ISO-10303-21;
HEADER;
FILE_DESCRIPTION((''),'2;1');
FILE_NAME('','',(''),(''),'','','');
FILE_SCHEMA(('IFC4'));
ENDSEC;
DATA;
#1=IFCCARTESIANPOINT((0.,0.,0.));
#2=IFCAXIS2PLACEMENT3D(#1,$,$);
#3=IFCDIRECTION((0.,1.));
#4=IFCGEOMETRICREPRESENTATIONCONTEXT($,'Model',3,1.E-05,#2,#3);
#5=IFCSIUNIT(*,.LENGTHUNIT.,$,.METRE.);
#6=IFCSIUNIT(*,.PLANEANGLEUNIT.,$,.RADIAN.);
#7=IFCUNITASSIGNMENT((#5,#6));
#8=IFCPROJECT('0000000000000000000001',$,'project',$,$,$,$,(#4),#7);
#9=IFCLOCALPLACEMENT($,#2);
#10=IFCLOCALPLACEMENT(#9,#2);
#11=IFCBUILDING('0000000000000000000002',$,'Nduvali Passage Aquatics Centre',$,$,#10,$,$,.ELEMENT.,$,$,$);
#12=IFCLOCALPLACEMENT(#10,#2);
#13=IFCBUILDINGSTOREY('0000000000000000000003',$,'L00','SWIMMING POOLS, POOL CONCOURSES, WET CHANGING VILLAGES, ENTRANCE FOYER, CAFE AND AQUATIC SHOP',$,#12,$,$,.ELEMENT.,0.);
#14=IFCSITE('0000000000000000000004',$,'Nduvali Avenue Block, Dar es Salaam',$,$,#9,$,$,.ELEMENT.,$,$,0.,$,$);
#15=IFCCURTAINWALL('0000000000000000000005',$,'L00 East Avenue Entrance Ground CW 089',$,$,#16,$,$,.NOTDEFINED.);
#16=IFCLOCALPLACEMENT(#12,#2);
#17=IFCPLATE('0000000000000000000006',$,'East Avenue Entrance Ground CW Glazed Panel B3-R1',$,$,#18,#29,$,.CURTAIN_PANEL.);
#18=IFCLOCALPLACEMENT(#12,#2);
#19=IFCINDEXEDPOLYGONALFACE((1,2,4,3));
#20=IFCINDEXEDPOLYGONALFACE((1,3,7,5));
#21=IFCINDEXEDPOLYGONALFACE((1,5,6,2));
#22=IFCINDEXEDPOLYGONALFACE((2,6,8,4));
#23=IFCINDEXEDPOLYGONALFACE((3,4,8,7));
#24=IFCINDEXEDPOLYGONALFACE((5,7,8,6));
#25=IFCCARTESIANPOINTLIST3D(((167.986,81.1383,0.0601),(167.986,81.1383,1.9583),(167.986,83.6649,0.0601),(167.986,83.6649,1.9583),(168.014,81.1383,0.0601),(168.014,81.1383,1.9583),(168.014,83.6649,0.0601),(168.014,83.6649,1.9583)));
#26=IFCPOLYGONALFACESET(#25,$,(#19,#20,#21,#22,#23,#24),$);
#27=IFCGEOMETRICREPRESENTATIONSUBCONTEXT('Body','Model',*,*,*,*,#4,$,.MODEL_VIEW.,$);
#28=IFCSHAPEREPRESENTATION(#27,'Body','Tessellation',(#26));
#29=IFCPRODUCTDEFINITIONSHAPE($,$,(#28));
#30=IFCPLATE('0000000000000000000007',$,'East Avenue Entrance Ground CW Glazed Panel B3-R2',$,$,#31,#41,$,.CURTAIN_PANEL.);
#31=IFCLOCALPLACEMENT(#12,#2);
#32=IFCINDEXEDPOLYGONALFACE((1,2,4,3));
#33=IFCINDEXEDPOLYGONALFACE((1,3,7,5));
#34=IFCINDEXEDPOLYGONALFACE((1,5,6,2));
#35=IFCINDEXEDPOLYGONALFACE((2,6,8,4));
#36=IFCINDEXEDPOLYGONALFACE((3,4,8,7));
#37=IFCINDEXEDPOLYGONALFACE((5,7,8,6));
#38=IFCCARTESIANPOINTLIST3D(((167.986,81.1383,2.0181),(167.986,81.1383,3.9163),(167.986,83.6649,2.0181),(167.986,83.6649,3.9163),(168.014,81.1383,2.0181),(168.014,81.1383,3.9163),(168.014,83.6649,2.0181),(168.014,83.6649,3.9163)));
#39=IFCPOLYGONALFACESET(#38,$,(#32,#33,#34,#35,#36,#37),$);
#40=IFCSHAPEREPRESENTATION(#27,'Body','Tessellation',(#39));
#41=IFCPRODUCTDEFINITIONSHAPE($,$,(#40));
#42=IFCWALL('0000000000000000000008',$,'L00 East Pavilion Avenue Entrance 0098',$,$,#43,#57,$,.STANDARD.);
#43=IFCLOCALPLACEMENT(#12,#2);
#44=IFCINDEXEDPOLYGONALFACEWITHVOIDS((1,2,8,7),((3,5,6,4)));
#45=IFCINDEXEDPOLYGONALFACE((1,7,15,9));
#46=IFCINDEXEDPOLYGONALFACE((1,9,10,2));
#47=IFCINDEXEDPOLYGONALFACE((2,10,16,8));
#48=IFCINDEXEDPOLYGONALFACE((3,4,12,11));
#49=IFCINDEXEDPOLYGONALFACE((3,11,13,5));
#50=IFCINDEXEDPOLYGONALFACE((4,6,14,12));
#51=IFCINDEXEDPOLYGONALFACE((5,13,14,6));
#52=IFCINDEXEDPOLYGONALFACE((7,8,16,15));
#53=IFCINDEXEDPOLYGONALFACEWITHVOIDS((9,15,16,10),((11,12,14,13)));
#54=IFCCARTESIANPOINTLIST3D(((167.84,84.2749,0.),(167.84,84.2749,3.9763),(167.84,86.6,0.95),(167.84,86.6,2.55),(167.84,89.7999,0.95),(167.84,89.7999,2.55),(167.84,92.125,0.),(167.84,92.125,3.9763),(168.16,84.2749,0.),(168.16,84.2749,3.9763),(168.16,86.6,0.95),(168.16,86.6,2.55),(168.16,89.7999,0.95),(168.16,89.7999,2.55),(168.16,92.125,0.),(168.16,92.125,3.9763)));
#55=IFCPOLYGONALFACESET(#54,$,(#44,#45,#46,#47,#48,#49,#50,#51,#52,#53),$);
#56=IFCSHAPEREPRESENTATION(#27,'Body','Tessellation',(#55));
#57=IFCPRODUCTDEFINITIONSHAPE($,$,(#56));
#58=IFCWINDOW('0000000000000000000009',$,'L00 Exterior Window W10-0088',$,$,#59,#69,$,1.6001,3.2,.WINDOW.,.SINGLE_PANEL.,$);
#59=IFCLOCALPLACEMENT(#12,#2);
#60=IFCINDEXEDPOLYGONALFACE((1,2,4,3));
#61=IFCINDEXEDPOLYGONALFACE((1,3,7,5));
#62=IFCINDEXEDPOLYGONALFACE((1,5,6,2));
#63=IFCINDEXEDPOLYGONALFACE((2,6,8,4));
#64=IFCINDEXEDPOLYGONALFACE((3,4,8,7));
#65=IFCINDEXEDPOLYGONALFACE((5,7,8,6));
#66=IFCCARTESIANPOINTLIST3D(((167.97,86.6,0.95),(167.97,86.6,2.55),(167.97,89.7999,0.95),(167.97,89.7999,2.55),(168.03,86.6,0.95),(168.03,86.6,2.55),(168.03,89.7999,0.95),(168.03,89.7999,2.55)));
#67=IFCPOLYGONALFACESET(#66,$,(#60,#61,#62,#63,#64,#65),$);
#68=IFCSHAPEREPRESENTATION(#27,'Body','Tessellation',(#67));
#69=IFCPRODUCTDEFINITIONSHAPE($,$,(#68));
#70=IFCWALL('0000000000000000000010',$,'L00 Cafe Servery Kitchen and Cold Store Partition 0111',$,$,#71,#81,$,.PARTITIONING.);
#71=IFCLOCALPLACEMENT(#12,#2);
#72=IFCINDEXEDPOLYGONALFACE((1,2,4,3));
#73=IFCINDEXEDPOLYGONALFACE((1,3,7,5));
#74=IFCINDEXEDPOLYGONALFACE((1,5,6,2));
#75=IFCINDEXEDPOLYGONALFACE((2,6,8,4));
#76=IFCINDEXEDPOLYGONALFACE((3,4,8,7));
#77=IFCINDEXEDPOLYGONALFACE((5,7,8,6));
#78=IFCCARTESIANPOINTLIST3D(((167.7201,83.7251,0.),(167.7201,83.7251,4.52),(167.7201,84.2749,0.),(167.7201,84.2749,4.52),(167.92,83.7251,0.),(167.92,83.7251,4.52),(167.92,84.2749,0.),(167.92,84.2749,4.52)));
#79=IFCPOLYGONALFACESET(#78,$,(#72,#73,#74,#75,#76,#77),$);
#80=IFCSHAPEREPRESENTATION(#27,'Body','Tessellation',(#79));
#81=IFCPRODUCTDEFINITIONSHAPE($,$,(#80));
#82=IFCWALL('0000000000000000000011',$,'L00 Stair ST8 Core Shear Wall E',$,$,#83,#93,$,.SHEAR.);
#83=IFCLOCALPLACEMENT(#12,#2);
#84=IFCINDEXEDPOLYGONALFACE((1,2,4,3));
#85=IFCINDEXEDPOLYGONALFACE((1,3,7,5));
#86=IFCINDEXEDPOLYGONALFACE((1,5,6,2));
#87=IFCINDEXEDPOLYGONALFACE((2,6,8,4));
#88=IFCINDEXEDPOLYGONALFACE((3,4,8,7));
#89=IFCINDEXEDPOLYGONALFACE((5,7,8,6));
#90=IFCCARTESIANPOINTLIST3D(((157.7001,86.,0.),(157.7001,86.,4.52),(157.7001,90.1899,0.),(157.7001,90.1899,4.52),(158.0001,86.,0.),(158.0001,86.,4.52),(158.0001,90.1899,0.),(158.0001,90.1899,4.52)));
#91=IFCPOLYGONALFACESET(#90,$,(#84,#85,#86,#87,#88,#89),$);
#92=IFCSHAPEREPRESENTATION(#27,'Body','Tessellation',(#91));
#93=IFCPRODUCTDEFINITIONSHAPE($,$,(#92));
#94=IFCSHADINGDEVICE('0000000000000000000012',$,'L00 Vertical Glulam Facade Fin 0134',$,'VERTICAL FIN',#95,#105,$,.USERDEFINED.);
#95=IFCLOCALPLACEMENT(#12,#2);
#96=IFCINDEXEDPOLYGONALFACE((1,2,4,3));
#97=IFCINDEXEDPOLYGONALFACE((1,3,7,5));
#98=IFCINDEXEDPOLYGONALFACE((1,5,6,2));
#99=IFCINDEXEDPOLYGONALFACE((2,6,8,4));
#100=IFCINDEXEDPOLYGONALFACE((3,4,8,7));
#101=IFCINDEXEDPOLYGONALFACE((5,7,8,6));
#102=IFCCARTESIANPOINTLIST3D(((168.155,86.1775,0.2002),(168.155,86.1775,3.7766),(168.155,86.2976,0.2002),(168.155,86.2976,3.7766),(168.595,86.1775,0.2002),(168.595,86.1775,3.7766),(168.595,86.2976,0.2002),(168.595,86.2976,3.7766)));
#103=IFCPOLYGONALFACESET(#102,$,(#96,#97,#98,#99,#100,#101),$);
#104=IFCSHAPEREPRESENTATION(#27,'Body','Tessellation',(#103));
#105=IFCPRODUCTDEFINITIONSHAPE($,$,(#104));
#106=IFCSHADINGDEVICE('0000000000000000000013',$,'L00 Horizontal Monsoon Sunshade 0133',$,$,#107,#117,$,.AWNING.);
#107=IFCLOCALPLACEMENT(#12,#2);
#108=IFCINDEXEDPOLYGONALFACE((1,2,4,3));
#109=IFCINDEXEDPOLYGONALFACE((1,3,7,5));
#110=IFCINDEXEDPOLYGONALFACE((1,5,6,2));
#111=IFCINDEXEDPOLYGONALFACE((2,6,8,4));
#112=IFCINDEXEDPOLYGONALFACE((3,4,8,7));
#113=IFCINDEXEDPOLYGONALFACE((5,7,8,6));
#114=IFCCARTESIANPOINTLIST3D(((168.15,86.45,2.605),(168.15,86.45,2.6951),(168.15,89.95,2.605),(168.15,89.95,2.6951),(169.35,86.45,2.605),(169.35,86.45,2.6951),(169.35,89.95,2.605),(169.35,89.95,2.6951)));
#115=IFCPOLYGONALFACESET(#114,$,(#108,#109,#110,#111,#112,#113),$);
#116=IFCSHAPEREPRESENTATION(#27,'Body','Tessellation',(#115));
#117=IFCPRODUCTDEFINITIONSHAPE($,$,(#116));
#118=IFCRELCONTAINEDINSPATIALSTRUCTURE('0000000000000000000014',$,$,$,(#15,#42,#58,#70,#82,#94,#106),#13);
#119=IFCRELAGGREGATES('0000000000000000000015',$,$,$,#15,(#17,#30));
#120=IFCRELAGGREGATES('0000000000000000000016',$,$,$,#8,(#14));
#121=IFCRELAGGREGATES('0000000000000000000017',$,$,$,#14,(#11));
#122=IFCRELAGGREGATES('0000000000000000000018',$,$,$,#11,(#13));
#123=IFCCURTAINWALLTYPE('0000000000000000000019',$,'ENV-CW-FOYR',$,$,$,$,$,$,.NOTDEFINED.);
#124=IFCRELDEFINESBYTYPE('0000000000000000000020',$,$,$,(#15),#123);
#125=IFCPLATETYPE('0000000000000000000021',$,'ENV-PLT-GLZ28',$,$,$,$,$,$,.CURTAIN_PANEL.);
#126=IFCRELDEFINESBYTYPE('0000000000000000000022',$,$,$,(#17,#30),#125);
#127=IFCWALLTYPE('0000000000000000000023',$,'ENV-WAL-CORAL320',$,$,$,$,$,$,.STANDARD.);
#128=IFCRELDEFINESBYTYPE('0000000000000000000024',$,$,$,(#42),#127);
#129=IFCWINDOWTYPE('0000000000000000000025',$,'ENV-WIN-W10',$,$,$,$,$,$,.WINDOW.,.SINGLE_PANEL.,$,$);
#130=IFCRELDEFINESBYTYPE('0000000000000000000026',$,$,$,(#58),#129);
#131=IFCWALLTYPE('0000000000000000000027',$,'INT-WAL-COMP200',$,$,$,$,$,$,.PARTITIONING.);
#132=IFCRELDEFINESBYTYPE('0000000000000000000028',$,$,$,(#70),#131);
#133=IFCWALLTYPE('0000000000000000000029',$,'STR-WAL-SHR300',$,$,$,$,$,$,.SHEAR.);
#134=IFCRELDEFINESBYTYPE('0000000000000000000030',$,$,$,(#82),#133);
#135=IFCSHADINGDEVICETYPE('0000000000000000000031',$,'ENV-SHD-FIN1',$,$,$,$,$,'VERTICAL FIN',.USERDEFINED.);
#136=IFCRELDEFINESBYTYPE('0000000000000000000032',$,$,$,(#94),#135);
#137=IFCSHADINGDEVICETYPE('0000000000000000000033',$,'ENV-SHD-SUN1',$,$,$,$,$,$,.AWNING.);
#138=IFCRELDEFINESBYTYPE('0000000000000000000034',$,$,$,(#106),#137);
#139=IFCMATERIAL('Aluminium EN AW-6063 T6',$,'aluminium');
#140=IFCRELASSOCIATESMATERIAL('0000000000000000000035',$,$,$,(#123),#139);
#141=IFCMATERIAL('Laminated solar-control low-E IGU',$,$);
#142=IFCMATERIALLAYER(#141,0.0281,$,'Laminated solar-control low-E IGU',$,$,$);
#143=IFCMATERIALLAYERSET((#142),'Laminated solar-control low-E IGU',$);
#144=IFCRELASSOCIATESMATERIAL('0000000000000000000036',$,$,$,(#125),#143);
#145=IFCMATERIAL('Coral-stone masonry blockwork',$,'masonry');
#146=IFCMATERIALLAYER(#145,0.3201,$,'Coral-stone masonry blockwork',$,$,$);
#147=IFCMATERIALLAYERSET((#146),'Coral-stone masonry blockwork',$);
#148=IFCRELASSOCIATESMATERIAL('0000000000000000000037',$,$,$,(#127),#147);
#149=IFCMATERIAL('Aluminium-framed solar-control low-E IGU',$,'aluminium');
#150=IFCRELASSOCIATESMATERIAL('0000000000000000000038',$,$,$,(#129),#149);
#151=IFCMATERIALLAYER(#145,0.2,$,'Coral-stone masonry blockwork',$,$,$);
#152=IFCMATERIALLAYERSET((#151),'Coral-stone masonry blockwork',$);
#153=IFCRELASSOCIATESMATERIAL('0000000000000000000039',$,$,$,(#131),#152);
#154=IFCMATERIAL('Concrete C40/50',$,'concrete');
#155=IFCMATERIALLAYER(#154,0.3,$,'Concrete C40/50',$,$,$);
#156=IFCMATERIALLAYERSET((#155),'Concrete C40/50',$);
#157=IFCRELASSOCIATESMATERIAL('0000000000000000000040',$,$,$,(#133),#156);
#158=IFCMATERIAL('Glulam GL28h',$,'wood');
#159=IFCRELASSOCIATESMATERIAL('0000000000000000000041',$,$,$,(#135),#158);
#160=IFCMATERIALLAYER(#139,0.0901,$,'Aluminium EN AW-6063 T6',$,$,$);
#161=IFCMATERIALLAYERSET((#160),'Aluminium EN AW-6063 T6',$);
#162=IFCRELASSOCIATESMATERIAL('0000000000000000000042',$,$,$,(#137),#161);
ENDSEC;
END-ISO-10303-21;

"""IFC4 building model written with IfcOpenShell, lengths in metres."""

from ifc_helpers import new_model, si_unit, direction, frame, frame_2d, origin, origin_2d, place, context, subcontext, project, spatial, rectangle, extrude, material, layer, layer_set, type_object, element, fill, aggregate, save


model = new_model("IFC4")

# Units and contexts
model_context = context("Model", 3, precision=1e-05, world=origin(), true_north=direction((0.0, 1.0)))
body_context = subcontext(model_context, "Body", "Model", "MODEL_VIEW")
ifc_project = project(units=[si_unit("LENGTHUNIT", "METRE"), si_unit("PLANEANGLEUNIT", "RADIAN")], contexts=[model_context])

# Site, building, storey
site_placement = place(None, origin())
site = spatial("IfcSite", under=ifc_project, at=site_placement, Name="Nduvali Avenue Block, Dar es Salaam", CompositionType="ELEMENT", RefElevation=0.0)
building_placement = place(site_placement, origin())
building = spatial("IfcBuilding", under=site, at=building_placement, Name="Nduvali Passage Aquatics Centre", CompositionType="ELEMENT")
storey_placement = place(building_placement, origin())
storey = spatial("IfcBuildingStorey", under=building, at=storey_placement, Name="L00", Description="SWIMMING POOLS, POOL CONCOURSES, WET CHANGING VILLAGES, ENTRANCE FOYER, CAFE AND AQUATIC SHOP", CompositionType="ELEMENT", Elevation=0.0)

# Shared definitions
ifc_material_1 = material(Name="Concrete C40/50", Category="concrete")

# Curtain wall
ifc_material_2 = material(Name="Aluminium EN AW-6063 T6", Category="aluminium")
curtain_wall_type = type_object("IfcCurtainWallType", Name="ENV-CW-FOYR", PredefinedType="NOTDEFINED", material=ifc_material_2)
curtain_wall_placement = place(storey_placement, origin())
curtain_wall = element("IfcCurtainWall", 1, at=curtain_wall_placement, inside=storey, type_object=curtain_wall_type, Name="L00 East Avenue Entrance Ground CW 089", PredefinedType="NOTDEFINED")

# Plates
ifc_material_3 = material(Name="Laminated solar-control low-E IGU")
ifc_layer_1 = layer(ifc_material_3, 0.0281, Name="Laminated solar-control low-E IGU")
ifc_layer_set_1 = layer_set([ifc_layer_1], Name="Laminated solar-control low-E IGU")
plate_type = type_object("IfcPlateType", Name="ENV-PLT-GLZ28", PredefinedType="CURTAIN_PANEL", material=ifc_layer_set_1)
plate_1_placement = place(storey_placement, frame((168.0, 82.4016, 0.0601), z_axis=(0.0, 0.0, 1.0), x_axis=(0.0, 1.0, 0.0)))
plate_1 = element("IfcPlate", 2, at=plate_1_placement, type_object=plate_type, Name="East Avenue Entrance Ground CW Glazed Panel B3-R1", PredefinedType="CURTAIN_PANEL", context=body_context, shape_type="SweptSolid", body=[
    extrude(rectangle(XDim=2.5266, YDim=0.0281, at=origin_2d()), origin(), (0.0, 0.0, 1.0), 1.8982),
])
plate_2_placement = place(storey_placement, frame((168.0, 82.4016, 2.0181), z_axis=(0.0, 0.0, 1.0), x_axis=(0.0, 1.0, 0.0)))
plate_2 = element("IfcPlate", 3, at=plate_2_placement, type_object=plate_type, Name="East Avenue Entrance Ground CW Glazed Panel B3-R2", PredefinedType="CURTAIN_PANEL", context=body_context, shape_type="SweptSolid", body=[
    extrude(rectangle(XDim=2.5266, YDim=0.0281, at=origin_2d()), origin(), (0.0, 0.0, 1.0), 1.8982),
])
aggregate(curtain_wall, [plate_1, plate_2])

# Wall, opening, window
ifc_material_4 = material(Name="Coral-stone masonry blockwork", Category="masonry")
ifc_layer_2 = layer(ifc_material_4, 0.3201, Name="Coral-stone masonry blockwork")
ifc_layer_set_2 = layer_set([ifc_layer_2], Name="Coral-stone masonry blockwork")
wall_type_1 = type_object("IfcWallType", Name="ENV-WAL-CORAL320", PredefinedType="STANDARD", material=ifc_layer_set_2)
wall_1_placement = place(storey_placement, frame((168.0, 84.2749, 0.0), z_axis=(0.0, 0.0, 1.0), x_axis=(0.0, 1.0, 0.0)))
wall_1 = element("IfcWall", 4, at=wall_1_placement, inside=storey, type_object=wall_type_1, Name="L00 East Pavilion Avenue Entrance 0098", PredefinedType="STANDARD", context=body_context, shape_type="SweptSolid", body=[
    extrude(rectangle(XDim=7.8501, YDim=0.3201, at=frame_2d((3.925, 0.0))), origin(), (0.0, 0.0, 1.0), 3.9763),
])
opening_placement = place(wall_1_placement, frame((2.325, 0.0, 0.95)))
opening = element("IfcOpeningElement", 5, at=opening_placement, cuts=wall_1, PredefinedType="OPENING", context=body_context, shape_type="SweptSolid", body=[
    extrude(rectangle(XDim=3.2, YDim=1.6001, at=frame_2d((1.6001, 0.8))), frame((0.0, 0.1748, 0.0), z_axis=(0.0, -1.0, 0.0), x_axis=(1.0, 0.0, 0.0)), (0.0, 0.0, 1.0), 0.3499),
])
ifc_material_5 = material(Name="Aluminium-framed solar-control low-E IGU", Category="aluminium")
window_type = type_object("IfcWindowType", Name="ENV-WIN-W10", PartitioningType="SINGLE_PANEL", PredefinedType="WINDOW", material=ifc_material_5)
window_placement = place(opening_placement, origin())
window = element("IfcWindow", 6, at=window_placement, inside=storey, type_object=window_type, Name="L00 Exterior Window W10-0088", OverallHeight=1.6001, OverallWidth=3.2, PartitioningType="SINGLE_PANEL", PredefinedType="WINDOW", context=body_context, shape_type="SweptSolid", body=[
    extrude(rectangle(XDim=3.2, YDim=1.6001, at=frame_2d((1.6001, 0.8))), frame((0.0, 0.03, 0.0), z_axis=(0.0, -1.0, 0.0), x_axis=(1.0, 0.0, 0.0)), (0.0, 0.0, 1.0), 0.0601),
])
fill(opening, window)

# Walls
ifc_layer_3 = layer(ifc_material_4, 0.2, Name="Coral-stone masonry blockwork")
ifc_layer_set_3 = layer_set([ifc_layer_3], Name="Coral-stone masonry blockwork")
wall_type_2 = type_object("IfcWallType", Name="INT-WAL-COMP200", PredefinedType="PARTITIONING", material=ifc_layer_set_3)
wall_2_placement = place(storey_placement, frame((167.8201, 83.7251, 0.0), z_axis=(0.0, 0.0, 1.0), x_axis=(0.0, 1.0, 0.0)))
element("IfcWall", 7, at=wall_2_placement, inside=storey, type_object=wall_type_2, Name="L00 Cafe Servery Kitchen and Cold Store Partition 0111", PredefinedType="PARTITIONING", context=body_context, shape_type="SweptSolid", body=[
    extrude(rectangle(XDim=0.5498, YDim=0.2, at=frame_2d((0.2749, 0.0))), origin(), (0.0, 0.0, 1.0), 4.52),
])
ifc_layer_4 = layer(ifc_material_1, 0.3, Name="Concrete C40/50")
ifc_layer_set_4 = layer_set([ifc_layer_4], Name="Concrete C40/50")
wall_type_3 = type_object("IfcWallType", Name="STR-WAL-SHR300", PredefinedType="SHEAR", material=ifc_layer_set_4)
wall_3_placement = place(storey_placement, frame((157.8501, 86.0, 0.0), z_axis=(0.0, 0.0, 1.0), x_axis=(0.0, 1.0, 0.0)))
element("IfcWall", 8, at=wall_3_placement, inside=storey, type_object=wall_type_3, Name="L00 Stair ST8 Core Shear Wall E", PredefinedType="SHEAR", context=body_context, shape_type="SweptSolid", body=[
    extrude(rectangle(XDim=4.1899, YDim=0.3, at=frame_2d((2.095, 0.0))), origin(), (0.0, 0.0, 1.0), 4.52),
])

# Shading devices
ifc_material_6 = material(Name="Glulam GL28h", Category="wood")
shading_device_type_1 = type_object("IfcShadingDeviceType", Name="ENV-SHD-FIN1", ElementType="VERTICAL FIN", PredefinedType="USERDEFINED", material=ifc_material_6)
shading_device_1_placement = place(storey_placement, frame((168.375, 86.2375, 0.2002), z_axis=(0.0, 0.0, 1.0), x_axis=(0.0, 1.0, 0.0)))
element("IfcShadingDevice", 9, at=shading_device_1_placement, inside=storey, type_object=shading_device_type_1, Name="L00 Vertical Glulam Facade Fin 0134", ObjectType="VERTICAL FIN", PredefinedType="USERDEFINED", context=body_context, shape_type="SweptSolid", body=[
    extrude(rectangle(XDim=0.1201, YDim=0.4399, at=origin_2d()), origin(), (0.0, 0.0, 1.0), 3.5764),
])
ifc_layer_5 = layer(ifc_material_2, 0.0901, Name="Aluminium EN AW-6063 T6")
ifc_layer_set_5 = layer_set([ifc_layer_5], Name="Aluminium EN AW-6063 T6")
shading_device_type_2 = type_object("IfcShadingDeviceType", Name="ENV-SHD-SUN1", PredefinedType="AWNING", material=ifc_layer_set_5)
shading_device_2_placement = place(storey_placement, frame((168.75, 88.2, 2.605), z_axis=(0.0, 0.0, 1.0), x_axis=(0.0, 1.0, 0.0)))
element("IfcShadingDevice", 10, at=shading_device_2_placement, inside=storey, type_object=shading_device_type_2, Name="L00 Horizontal Monsoon Sunshade 0133", PredefinedType="AWNING", context=body_context, shape_type="SweptSolid", body=[
    extrude(rectangle(XDim=3.5, YDim=1.2, at=origin_2d()), origin(), (0.0, 0.0, 1.0), 0.0901),
])

save(model, "model.ifc")
